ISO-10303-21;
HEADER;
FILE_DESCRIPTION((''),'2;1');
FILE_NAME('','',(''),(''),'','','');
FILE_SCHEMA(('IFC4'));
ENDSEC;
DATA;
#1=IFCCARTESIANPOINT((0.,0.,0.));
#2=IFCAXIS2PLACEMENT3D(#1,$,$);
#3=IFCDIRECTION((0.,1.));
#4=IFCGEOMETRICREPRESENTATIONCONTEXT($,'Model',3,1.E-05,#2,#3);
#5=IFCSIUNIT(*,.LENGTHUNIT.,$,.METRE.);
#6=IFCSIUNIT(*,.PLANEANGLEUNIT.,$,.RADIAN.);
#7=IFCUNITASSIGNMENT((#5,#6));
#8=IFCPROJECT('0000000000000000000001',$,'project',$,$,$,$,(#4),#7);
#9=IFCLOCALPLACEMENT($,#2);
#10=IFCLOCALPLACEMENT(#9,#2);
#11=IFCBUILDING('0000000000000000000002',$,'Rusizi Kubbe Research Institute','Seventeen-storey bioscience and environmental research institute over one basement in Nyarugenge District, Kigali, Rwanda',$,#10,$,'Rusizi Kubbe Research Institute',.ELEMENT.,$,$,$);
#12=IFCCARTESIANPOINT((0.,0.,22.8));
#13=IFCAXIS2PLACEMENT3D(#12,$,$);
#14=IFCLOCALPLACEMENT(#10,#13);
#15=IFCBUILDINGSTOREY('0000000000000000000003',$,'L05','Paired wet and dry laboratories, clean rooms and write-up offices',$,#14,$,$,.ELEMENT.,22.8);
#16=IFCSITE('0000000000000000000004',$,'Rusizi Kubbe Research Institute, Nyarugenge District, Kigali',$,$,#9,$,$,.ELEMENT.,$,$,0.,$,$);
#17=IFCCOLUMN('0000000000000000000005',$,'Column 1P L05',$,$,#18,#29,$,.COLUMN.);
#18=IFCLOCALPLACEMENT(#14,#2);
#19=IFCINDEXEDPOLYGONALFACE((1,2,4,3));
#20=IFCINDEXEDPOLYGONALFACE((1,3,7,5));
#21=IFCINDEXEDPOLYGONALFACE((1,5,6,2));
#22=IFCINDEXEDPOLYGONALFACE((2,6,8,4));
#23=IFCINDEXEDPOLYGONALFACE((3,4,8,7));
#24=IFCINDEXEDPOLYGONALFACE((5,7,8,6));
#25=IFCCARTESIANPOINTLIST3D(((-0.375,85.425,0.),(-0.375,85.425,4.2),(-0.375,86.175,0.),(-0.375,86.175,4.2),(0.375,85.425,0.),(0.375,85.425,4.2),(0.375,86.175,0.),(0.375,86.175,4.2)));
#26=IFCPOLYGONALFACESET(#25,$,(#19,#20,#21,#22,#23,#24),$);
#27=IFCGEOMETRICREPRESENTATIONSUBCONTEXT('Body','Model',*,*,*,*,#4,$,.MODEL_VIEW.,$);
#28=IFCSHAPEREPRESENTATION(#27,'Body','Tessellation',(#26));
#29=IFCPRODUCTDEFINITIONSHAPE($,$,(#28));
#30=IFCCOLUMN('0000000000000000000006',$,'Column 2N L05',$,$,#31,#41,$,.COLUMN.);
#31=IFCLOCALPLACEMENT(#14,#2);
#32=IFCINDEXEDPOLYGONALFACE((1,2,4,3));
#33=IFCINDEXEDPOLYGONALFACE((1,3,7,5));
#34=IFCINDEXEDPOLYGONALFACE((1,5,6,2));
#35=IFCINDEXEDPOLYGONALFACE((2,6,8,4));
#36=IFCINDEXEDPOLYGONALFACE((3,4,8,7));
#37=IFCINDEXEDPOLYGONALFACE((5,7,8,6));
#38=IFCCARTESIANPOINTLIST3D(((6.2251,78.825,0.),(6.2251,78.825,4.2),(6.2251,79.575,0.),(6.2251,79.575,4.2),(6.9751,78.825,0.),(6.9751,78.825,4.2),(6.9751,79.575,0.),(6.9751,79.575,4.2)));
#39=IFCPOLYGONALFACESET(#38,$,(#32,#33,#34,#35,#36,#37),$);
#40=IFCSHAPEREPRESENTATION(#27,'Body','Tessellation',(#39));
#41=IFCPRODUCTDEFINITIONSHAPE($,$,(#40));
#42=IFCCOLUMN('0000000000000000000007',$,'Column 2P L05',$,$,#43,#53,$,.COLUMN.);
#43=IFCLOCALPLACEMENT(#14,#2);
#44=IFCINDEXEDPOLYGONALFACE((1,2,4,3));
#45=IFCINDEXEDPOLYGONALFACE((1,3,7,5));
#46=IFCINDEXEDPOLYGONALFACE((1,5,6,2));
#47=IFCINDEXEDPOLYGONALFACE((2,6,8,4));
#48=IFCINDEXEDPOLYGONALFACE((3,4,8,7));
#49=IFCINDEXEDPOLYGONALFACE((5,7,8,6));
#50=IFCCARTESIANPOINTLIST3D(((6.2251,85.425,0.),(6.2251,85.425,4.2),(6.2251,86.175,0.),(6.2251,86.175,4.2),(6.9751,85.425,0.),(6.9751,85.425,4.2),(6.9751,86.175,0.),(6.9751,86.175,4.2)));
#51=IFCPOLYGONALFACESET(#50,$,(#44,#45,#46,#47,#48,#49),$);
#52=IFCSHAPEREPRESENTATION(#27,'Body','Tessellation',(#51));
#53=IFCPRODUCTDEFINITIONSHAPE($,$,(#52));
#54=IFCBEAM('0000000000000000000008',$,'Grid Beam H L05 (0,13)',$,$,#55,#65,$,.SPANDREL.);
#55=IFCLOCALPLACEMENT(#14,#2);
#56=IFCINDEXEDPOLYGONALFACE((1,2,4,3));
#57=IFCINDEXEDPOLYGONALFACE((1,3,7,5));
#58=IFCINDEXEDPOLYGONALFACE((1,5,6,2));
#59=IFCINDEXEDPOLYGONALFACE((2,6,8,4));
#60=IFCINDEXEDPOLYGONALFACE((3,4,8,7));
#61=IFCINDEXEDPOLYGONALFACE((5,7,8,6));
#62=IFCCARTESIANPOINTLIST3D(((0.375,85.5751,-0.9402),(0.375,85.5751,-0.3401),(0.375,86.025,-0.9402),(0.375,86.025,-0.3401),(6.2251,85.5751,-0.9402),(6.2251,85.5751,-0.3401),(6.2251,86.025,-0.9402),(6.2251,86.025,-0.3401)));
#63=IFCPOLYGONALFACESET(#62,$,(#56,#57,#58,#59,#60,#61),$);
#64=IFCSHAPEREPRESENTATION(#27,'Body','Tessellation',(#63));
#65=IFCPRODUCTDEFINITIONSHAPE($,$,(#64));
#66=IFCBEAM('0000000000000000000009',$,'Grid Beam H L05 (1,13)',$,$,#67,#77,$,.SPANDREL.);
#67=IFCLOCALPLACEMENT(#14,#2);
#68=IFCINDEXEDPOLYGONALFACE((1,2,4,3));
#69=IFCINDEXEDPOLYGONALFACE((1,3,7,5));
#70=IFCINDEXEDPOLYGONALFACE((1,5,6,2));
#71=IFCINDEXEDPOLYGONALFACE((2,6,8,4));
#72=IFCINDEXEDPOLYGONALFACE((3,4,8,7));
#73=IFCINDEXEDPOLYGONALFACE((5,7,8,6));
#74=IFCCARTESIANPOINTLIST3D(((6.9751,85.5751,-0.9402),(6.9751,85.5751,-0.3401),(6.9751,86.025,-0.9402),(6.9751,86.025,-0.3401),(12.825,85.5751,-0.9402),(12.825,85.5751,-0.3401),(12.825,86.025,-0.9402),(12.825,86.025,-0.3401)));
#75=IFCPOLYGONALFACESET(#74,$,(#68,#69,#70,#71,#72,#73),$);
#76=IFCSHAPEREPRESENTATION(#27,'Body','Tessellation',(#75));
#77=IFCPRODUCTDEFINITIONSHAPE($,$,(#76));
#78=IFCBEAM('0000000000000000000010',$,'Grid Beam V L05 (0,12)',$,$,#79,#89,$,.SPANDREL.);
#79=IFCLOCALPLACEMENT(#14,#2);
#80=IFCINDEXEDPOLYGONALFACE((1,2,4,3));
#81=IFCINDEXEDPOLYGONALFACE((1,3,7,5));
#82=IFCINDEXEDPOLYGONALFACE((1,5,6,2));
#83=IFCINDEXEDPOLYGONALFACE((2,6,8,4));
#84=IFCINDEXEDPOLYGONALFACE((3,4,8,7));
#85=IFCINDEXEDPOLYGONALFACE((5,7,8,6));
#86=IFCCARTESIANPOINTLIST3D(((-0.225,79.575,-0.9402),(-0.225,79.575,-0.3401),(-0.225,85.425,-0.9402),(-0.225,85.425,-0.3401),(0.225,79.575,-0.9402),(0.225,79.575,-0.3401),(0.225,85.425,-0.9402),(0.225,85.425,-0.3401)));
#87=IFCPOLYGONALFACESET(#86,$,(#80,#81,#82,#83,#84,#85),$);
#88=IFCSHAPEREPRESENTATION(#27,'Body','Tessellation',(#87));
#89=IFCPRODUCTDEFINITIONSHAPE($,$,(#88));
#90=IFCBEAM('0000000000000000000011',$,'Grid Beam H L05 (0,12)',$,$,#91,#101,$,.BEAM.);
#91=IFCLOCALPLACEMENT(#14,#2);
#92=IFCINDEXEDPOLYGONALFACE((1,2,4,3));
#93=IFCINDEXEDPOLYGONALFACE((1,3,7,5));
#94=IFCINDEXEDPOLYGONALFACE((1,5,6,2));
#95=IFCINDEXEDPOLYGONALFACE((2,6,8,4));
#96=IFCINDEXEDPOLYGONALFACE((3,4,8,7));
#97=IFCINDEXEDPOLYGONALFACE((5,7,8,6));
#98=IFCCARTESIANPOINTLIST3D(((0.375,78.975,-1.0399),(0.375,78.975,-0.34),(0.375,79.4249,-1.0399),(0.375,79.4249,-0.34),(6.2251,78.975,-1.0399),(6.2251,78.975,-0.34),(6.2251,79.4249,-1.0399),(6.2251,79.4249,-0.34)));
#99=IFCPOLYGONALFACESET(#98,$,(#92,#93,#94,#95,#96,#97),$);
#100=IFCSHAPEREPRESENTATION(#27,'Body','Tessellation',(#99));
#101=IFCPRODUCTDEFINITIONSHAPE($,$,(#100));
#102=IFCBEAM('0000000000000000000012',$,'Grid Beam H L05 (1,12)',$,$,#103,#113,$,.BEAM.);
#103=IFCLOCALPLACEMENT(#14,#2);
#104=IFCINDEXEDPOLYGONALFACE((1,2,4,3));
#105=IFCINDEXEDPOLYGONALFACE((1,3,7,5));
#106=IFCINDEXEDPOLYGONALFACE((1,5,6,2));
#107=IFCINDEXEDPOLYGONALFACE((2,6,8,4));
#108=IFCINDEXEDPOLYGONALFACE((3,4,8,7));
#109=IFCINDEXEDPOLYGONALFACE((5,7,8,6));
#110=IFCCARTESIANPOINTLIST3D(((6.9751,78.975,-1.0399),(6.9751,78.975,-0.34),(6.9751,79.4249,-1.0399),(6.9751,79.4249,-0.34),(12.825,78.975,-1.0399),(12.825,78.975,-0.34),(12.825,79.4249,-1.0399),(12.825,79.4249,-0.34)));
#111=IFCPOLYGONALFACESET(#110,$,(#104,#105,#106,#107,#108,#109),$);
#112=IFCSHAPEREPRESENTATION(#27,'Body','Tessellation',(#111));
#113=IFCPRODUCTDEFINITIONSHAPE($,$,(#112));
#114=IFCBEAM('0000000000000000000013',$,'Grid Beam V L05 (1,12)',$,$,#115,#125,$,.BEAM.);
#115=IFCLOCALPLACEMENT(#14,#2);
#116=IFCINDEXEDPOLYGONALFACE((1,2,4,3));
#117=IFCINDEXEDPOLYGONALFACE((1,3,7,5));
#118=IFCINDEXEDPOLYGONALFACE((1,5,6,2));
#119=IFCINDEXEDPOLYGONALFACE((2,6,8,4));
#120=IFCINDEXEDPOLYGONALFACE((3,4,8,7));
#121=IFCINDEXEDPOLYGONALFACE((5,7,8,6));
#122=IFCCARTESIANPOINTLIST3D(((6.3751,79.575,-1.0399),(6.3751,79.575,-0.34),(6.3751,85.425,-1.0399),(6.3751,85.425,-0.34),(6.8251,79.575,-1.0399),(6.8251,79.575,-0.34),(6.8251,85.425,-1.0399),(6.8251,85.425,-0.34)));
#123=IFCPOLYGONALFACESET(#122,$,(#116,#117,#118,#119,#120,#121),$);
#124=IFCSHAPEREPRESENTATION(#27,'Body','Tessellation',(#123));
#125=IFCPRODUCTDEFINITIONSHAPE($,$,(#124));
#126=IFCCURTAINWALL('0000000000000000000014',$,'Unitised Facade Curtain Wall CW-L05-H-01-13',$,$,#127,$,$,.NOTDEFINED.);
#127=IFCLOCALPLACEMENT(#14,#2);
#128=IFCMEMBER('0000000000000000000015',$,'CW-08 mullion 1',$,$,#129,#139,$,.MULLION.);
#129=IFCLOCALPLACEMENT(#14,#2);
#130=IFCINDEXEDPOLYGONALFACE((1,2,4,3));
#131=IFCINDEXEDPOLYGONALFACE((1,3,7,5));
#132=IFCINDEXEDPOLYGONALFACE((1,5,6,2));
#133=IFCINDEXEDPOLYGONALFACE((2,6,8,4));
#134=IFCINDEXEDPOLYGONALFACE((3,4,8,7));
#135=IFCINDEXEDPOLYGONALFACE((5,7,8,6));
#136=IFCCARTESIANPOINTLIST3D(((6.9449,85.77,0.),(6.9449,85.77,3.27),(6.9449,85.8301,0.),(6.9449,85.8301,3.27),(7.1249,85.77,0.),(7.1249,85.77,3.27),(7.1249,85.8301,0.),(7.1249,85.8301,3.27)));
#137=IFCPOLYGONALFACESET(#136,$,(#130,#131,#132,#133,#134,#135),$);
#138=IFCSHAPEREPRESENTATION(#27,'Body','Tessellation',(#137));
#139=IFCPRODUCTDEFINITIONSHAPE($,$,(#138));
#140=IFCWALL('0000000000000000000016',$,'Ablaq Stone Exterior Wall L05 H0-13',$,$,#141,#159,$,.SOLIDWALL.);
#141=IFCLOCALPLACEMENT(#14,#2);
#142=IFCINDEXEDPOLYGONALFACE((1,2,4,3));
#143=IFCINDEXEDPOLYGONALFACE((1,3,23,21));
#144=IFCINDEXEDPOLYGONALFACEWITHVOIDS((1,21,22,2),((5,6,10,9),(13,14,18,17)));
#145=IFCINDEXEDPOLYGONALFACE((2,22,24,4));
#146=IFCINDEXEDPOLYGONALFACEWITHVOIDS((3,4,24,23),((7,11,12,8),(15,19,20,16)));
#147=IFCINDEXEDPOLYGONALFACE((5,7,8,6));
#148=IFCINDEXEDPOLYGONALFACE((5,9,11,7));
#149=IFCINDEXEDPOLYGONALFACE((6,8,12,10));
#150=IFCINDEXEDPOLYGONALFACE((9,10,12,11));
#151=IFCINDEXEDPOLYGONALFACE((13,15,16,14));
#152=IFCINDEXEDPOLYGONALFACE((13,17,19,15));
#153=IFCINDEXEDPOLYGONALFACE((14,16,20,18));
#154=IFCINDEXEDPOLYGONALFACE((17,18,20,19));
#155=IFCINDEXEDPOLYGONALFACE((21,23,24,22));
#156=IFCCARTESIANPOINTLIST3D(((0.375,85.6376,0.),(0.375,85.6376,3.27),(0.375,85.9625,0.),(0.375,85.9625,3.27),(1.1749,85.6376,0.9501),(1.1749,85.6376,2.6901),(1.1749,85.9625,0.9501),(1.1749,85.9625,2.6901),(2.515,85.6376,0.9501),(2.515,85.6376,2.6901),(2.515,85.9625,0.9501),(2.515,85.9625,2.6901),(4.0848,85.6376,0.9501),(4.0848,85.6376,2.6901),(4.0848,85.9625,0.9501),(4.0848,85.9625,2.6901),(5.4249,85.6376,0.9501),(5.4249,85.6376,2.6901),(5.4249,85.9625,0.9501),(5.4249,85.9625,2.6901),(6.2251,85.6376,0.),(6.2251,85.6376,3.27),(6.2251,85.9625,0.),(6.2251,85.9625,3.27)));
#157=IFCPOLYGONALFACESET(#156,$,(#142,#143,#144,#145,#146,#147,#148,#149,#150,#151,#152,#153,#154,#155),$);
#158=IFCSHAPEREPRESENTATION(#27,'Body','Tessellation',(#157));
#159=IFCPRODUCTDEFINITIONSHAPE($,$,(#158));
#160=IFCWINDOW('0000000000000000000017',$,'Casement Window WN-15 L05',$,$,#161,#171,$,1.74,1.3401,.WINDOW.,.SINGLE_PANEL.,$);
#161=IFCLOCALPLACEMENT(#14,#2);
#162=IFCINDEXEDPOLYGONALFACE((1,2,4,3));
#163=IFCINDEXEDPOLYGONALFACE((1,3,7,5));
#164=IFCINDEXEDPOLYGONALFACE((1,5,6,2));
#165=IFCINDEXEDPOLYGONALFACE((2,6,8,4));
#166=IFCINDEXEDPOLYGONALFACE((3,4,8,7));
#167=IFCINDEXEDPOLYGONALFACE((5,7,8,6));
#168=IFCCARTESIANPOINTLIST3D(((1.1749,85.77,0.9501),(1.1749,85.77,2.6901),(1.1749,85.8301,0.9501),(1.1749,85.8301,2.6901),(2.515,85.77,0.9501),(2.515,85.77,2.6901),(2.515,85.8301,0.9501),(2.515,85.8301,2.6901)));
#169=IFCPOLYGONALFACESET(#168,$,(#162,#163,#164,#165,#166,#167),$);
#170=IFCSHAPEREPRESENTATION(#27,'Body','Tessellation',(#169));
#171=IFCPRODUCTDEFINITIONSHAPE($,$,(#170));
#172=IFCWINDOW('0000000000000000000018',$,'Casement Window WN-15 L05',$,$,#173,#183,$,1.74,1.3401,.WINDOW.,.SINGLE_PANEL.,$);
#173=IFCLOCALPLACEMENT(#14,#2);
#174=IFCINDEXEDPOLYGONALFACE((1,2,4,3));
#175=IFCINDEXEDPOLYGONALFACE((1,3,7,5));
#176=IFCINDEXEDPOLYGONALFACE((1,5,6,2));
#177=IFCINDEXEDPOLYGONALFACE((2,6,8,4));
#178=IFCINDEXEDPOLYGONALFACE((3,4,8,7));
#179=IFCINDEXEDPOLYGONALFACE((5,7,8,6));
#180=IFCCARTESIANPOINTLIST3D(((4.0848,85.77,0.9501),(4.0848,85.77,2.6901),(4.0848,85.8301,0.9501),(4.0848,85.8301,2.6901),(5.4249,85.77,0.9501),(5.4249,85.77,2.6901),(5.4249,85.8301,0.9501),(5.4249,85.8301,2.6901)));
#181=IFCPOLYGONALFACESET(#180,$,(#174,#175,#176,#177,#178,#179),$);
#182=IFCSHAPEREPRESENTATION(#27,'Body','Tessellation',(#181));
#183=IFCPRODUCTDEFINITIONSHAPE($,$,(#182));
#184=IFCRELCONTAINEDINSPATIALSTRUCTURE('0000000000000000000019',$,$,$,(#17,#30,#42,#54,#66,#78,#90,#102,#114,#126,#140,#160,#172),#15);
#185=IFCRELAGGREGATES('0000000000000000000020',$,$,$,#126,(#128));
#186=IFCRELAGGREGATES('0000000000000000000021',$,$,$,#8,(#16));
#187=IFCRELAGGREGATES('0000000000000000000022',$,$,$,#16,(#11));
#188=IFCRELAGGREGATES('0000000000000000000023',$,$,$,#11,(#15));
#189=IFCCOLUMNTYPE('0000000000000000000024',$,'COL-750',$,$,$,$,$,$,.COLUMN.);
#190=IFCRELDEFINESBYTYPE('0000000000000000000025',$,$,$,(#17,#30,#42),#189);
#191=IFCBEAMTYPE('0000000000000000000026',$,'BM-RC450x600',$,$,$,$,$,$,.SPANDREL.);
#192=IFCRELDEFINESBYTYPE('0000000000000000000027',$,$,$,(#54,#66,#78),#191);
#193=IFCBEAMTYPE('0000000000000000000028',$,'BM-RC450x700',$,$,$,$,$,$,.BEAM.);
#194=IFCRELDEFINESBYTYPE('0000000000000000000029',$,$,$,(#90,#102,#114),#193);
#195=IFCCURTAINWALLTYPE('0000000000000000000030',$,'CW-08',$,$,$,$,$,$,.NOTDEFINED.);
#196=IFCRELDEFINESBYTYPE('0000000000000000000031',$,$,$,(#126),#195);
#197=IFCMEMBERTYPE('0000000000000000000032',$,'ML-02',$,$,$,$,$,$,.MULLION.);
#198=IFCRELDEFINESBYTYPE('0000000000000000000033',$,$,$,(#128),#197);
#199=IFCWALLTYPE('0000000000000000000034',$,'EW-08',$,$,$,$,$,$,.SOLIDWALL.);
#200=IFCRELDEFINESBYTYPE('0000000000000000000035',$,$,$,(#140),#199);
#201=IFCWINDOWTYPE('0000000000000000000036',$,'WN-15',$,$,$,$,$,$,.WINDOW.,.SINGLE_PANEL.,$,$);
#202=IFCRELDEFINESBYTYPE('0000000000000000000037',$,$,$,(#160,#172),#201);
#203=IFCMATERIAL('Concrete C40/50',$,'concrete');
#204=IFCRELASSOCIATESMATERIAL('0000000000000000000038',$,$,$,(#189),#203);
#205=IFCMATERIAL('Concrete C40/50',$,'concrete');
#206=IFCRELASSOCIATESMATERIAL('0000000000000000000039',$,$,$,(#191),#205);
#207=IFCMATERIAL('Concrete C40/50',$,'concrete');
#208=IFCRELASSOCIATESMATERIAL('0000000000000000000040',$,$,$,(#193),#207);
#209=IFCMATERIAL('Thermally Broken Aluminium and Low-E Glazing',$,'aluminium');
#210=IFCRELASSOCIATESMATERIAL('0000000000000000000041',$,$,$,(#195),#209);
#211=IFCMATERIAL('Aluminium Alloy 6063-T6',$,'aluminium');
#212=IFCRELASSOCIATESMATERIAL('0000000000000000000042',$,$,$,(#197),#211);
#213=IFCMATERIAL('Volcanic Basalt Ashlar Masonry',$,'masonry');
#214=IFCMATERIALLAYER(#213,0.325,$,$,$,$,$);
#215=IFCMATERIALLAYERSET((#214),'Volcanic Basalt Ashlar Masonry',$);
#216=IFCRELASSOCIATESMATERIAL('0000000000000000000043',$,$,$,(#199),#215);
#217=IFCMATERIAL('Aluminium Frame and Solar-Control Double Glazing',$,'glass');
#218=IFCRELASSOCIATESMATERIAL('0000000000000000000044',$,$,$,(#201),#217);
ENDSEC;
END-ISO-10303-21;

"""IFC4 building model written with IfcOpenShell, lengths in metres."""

from ifc_helpers import new_model, si_unit, direction, frame, frame_2d, origin, origin_2d, place, context, subcontext, project, spatial, rectangle, extrude, material, layer, layer_set, material_profile, profile_set, type_object, element, fill, aggregate, save


model = new_model("IFC4")

# Units and contexts
model_context = context("Model", 3, precision=1e-05, world=origin(), true_north=direction((0.0, 1.0)))
body_context = subcontext(model_context, "Body", "Model", "MODEL_VIEW")
ifc_project = project(units=[si_unit("LENGTHUNIT", "METRE"), si_unit("PLANEANGLEUNIT", "RADIAN")], contexts=[model_context])

# Site, building, storey
site_placement = place(None, origin())
site = spatial("IfcSite", under=ifc_project, at=site_placement, Name="Rusizi Kubbe Research Institute, Nyarugenge District, Kigali", CompositionType="ELEMENT", RefElevation=0.0)
building_placement = place(site_placement, origin())
building = spatial("IfcBuilding", under=site, at=building_placement, Name="Rusizi Kubbe Research Institute", Description="Seventeen-storey bioscience and environmental research institute over one basement in Nyarugenge District, Kigali, Rwanda", LongName="Rusizi Kubbe Research Institute", CompositionType="ELEMENT")
storey_placement = place(building_placement, frame((0.0, 0.0, 22.8)))
storey = spatial("IfcBuildingStorey", under=building, at=storey_placement, Name="L05", Description="Paired wet and dry laboratories, clean rooms and write-up offices", CompositionType="ELEMENT", Elevation=22.8)

# Columns
ifc_material_1 = material(Name="Concrete C40/50", Category="concrete")
ifc_material_profile_1 = material_profile(ifc_material_1, rectangle(XDim=0.75, YDim=0.75, at=origin_2d()), Name="RC750x750")
ifc_profile_set_1 = profile_set([ifc_material_profile_1], Name="Concrete C40/50")
column_type = type_object("IfcColumnType", Name="COL-750", PredefinedType="COLUMN", material=ifc_profile_set_1)
for number, where, z_axis, x_axis, name in (
    (1, (0.0, 85.8, 0.0), (0.0, 0.0, 1.0), (1.0, 0.0, 0.0), "Column 1P L05"),
    (2, (6.6001, 79.2, 0.0), (0.0, 0.0, 1.0), (1.0, 0.0, 0.0), "Column 2N L05"),
    (3, (6.6001, 85.8, 0.0), (0.0, 0.0, 1.0), (1.0, 0.0, 0.0), "Column 2P L05"),
):
    element("IfcColumn", number, at=place(storey_placement, frame(where, z_axis=z_axis, x_axis=x_axis)), inside=storey, type_object=column_type, Name=name, PredefinedType="COLUMN", context=body_context, shape_type="SweptSolid", body=[
        extrude(rectangle(XDim=0.75, YDim=0.75, at=origin_2d()), origin(), (0.0, 0.0, 1.0), 4.2),
    ])

# Beams
ifc_material_2 = material(Name="Concrete C40/50", Category="concrete")
ifc_material_profile_2 = material_profile(ifc_material_2, rectangle(XDim=0.45, YDim=0.6001, at=origin_2d()), Name="RC450x600")
ifc_profile_set_2 = profile_set([ifc_material_profile_2], Name="Concrete C40/50")
beam_type_1 = type_object("IfcBeamType", Name="BM-RC450x600", PredefinedType="SPANDREL", material=ifc_profile_set_2)
beam_1_placement = place(storey_placement, frame((0.375, 85.8, -0.6401), z_axis=(1.0, 0.0, 0.0), x_axis=(0.0, 1.0, 0.0)))
element("IfcBeam", 4, at=beam_1_placement, inside=storey, type_object=beam_type_1, Name="Grid Beam H L05 (0,13)", PredefinedType="SPANDREL", context=body_context, shape_type="SweptSolid", body=[
    extrude(rectangle(XDim=0.45, YDim=0.6001, at=origin_2d()), origin(), (0.0, 0.0, 1.0), 5.8501),
])
beam_2_placement = place(storey_placement, frame((6.9751, 85.8, -0.6401), z_axis=(1.0, 0.0, 0.0), x_axis=(0.0, 1.0, 0.0)))
element("IfcBeam", 5, at=beam_2_placement, inside=storey, type_object=beam_type_1, Name="Grid Beam H L05 (1,13)", PredefinedType="SPANDREL", context=body_context, shape_type="SweptSolid", body=[
    extrude(rectangle(XDim=0.45, YDim=0.6001, at=origin_2d()), origin(), (0.0, 0.0, 1.0), 5.8499),
])
beam_3_placement = place(storey_placement, frame((0.0, 79.575, -0.6401), z_axis=(0.0, 1.0, 0.0), x_axis=(-1.0, 0.0, 0.0)))
element("IfcBeam", 6, at=beam_3_placement, inside=storey, type_object=beam_type_1, Name="Grid Beam V L05 (0,12)", PredefinedType="SPANDREL", context=body_context, shape_type="SweptSolid", body=[
    extrude(rectangle(XDim=0.45, YDim=0.6001, at=origin_2d()), origin(), (0.0, 0.0, 1.0), 5.8501),
])
ifc_material_3 = material(Name="Concrete C40/50", Category="concrete")
ifc_material_profile_3 = material_profile(ifc_material_3, rectangle(XDim=0.45, YDim=0.7, at=origin_2d()), Name="RC450x700B")
ifc_profile_set_3 = profile_set([ifc_material_profile_3], Name="Concrete C40/50")
beam_type_2 = type_object("IfcBeamType", Name="BM-RC450x700", PredefinedType="BEAM", material=ifc_profile_set_3)
beam_4_placement = place(storey_placement, frame((0.375, 79.2, -0.6899), z_axis=(1.0, 0.0, 0.0), x_axis=(0.0, 1.0, 0.0)))
element("IfcBeam", 7, at=beam_4_placement, inside=storey, type_object=beam_type_2, Name="Grid Beam H L05 (0,12)", PredefinedType="BEAM", context=body_context, shape_type="SweptSolid", body=[
    extrude(rectangle(XDim=0.45, YDim=0.7, at=origin_2d()), origin(), (0.0, 0.0, 1.0), 5.8501),
])
beam_5_placement = place(storey_placement, frame((6.9751, 79.2, -0.6899), z_axis=(1.0, 0.0, 0.0), x_axis=(0.0, 1.0, 0.0)))
element("IfcBeam", 8, at=beam_5_placement, inside=storey, type_object=beam_type_2, Name="Grid Beam H L05 (1,12)", PredefinedType="BEAM", context=body_context, shape_type="SweptSolid", body=[
    extrude(rectangle(XDim=0.45, YDim=0.7, at=origin_2d()), origin(), (0.0, 0.0, 1.0), 5.8499),
])
beam_6_placement = place(storey_placement, frame((6.6001, 79.575, -0.6899), z_axis=(0.0, 1.0, 0.0), x_axis=(-1.0, 0.0, 0.0)))
element("IfcBeam", 9, at=beam_6_placement, inside=storey, type_object=beam_type_2, Name="Grid Beam V L05 (1,12)", PredefinedType="BEAM", context=body_context, shape_type="SweptSolid", body=[
    extrude(rectangle(XDim=0.45, YDim=0.7, at=origin_2d()), origin(), (0.0, 0.0, 1.0), 5.8501),
])

# Curtain wall, member
ifc_material_4 = material(Name="Thermally Broken Aluminium and Low-E Glazing", Category="aluminium")
curtain_wall_type = type_object("IfcCurtainWallType", Name="CW-08", PredefinedType="NOTDEFINED", material=ifc_material_4)
curtain_wall_placement = place(storey_placement, origin())
curtain_wall = element("IfcCurtainWall", 10, at=curtain_wall_placement, inside=storey, type_object=curtain_wall_type, Name="Unitised Facade Curtain Wall CW-L05-H-01-13", PredefinedType="NOTDEFINED")
ifc_material_5 = material(Name="Aluminium Alloy 6063-T6", Category="aluminium")
ifc_material_profile_4 = material_profile(ifc_material_5, rectangle(XDim=0.0601, YDim=0.1799, at=origin_2d()), Name="ALU-M 60x180")
ifc_profile_set_4 = profile_set([ifc_material_profile_4], Name="Aluminium Alloy 6063-T6")
member_type = type_object("IfcMemberType", Name="ML-02", PredefinedType="MULLION", material=ifc_profile_set_4)
member_placement = place(storey_placement, frame((7.0349, 85.8, 0.0), z_axis=(0.0, 0.0, 1.0), x_axis=(0.0, 1.0, 0.0)))
member = element("IfcMember", 11, at=member_placement, type_object=member_type, Name="CW-08 mullion 1", PredefinedType="MULLION", context=body_context, shape_type="SweptSolid", body=[
    extrude(rectangle(XDim=0.0601, YDim=0.1799, at=origin_2d()), origin(), (0.0, 0.0, 1.0), 3.27),
])
aggregate(curtain_wall, [member])

# Wall, openings, windows
ifc_material_6 = material(Name="Volcanic Basalt Ashlar Masonry", Category="masonry")
ifc_layer_1 = layer(ifc_material_6, 0.325)
ifc_layer_set_1 = layer_set([ifc_layer_1], Name="Volcanic Basalt Ashlar Masonry")
wall_type_1 = type_object("IfcWallType", Name="EW-08", PredefinedType="SOLIDWALL", material=ifc_layer_set_1)
wall_1_placement = place(storey_placement, frame((0.375, 85.8, 0.0), z_axis=(0.0, 0.0, 1.0), x_axis=(1.0, 0.0, 0.0)))
wall_1 = element("IfcWall", 12, at=wall_1_placement, inside=storey, type_object=wall_type_1, Name="Ablaq Stone Exterior Wall L05 H0-13", PredefinedType="SOLIDWALL", context=body_context, shape_type="SweptSolid", body=[
    extrude(rectangle(XDim=5.8501, YDim=0.325, at=frame_2d((2.925, 0.0))), origin(), (0.0, 0.0, 1.0), 3.27),
])
opening_1_placement = place(wall_1_placement, frame((0.8, 0.0, 0.95)))
opening_1 = element("IfcOpeningElement", 13, at=opening_1_placement, cuts=wall_1, PredefinedType="OPENING", context=body_context, shape_type="SweptSolid", body=[
    extrude(rectangle(XDim=1.3401, YDim=1.74, at=frame_2d((0.6699, 0.8701))), frame((0.0, 0.1724, 0.0), z_axis=(0.0, -1.0, 0.0), x_axis=(1.0, 0.0, 0.0)), (0.0, 0.0, 1.0), 0.345),
])
opening_2_placement = place(wall_1_placement, frame((3.71, 0.0, 0.95)))
opening_2 = element("IfcOpeningElement", 14, at=opening_2_placement, cuts=wall_1, PredefinedType="OPENING", context=body_context, shape_type="SweptSolid", body=[
    extrude(rectangle(XDim=1.3401, YDim=1.74, at=frame_2d((0.6699, 0.8701))), frame((0.0, 0.1724, 0.0), z_axis=(0.0, -1.0, 0.0), x_axis=(1.0, 0.0, 0.0)), (0.0, 0.0, 1.0), 0.345),
])
ifc_material_7 = material(Name="Aluminium Frame and Solar-Control Double Glazing", Category="glass")
window_type = type_object("IfcWindowType", Name="WN-15", PartitioningType="SINGLE_PANEL", PredefinedType="WINDOW", material=ifc_material_7)
window_1_placement = place(opening_1_placement, origin())
window_1 = element("IfcWindow", 15, at=window_1_placement, inside=storey, type_object=window_type, Name="Casement Window WN-15 L05", OverallHeight=1.74, OverallWidth=1.3401, PartitioningType="SINGLE_PANEL", PredefinedType="WINDOW", context=body_context, shape_type="SweptSolid", body=[
    extrude(rectangle(XDim=1.3401, YDim=1.74, at=frame_2d((0.6699, 0.8701))), frame((0.0, 0.03, 0.0), z_axis=(0.0, -1.0, 0.0), x_axis=(1.0, 0.0, 0.0)), (0.0, 0.0, 1.0), 0.0601),
])
fill(opening_1, window_1)
window_2_placement = place(opening_2_placement, origin())
window_2 = element("IfcWindow", 16, at=window_2_placement, inside=storey, type_object=window_type, Name="Casement Window WN-15 L05", OverallHeight=1.74, OverallWidth=1.3401, PartitioningType="SINGLE_PANEL", PredefinedType="WINDOW", context=body_context, shape_type="SweptSolid", body=[
    extrude(rectangle(XDim=1.3401, YDim=1.74, at=frame_2d((0.6699, 0.8701))), frame((0.0, 0.03, 0.0), z_axis=(0.0, -1.0, 0.0), x_axis=(1.0, 0.0, 0.0)), (0.0, 0.0, 1.0), 0.0601),
])
fill(opening_2, window_2)

save(model, "model.ifc")
